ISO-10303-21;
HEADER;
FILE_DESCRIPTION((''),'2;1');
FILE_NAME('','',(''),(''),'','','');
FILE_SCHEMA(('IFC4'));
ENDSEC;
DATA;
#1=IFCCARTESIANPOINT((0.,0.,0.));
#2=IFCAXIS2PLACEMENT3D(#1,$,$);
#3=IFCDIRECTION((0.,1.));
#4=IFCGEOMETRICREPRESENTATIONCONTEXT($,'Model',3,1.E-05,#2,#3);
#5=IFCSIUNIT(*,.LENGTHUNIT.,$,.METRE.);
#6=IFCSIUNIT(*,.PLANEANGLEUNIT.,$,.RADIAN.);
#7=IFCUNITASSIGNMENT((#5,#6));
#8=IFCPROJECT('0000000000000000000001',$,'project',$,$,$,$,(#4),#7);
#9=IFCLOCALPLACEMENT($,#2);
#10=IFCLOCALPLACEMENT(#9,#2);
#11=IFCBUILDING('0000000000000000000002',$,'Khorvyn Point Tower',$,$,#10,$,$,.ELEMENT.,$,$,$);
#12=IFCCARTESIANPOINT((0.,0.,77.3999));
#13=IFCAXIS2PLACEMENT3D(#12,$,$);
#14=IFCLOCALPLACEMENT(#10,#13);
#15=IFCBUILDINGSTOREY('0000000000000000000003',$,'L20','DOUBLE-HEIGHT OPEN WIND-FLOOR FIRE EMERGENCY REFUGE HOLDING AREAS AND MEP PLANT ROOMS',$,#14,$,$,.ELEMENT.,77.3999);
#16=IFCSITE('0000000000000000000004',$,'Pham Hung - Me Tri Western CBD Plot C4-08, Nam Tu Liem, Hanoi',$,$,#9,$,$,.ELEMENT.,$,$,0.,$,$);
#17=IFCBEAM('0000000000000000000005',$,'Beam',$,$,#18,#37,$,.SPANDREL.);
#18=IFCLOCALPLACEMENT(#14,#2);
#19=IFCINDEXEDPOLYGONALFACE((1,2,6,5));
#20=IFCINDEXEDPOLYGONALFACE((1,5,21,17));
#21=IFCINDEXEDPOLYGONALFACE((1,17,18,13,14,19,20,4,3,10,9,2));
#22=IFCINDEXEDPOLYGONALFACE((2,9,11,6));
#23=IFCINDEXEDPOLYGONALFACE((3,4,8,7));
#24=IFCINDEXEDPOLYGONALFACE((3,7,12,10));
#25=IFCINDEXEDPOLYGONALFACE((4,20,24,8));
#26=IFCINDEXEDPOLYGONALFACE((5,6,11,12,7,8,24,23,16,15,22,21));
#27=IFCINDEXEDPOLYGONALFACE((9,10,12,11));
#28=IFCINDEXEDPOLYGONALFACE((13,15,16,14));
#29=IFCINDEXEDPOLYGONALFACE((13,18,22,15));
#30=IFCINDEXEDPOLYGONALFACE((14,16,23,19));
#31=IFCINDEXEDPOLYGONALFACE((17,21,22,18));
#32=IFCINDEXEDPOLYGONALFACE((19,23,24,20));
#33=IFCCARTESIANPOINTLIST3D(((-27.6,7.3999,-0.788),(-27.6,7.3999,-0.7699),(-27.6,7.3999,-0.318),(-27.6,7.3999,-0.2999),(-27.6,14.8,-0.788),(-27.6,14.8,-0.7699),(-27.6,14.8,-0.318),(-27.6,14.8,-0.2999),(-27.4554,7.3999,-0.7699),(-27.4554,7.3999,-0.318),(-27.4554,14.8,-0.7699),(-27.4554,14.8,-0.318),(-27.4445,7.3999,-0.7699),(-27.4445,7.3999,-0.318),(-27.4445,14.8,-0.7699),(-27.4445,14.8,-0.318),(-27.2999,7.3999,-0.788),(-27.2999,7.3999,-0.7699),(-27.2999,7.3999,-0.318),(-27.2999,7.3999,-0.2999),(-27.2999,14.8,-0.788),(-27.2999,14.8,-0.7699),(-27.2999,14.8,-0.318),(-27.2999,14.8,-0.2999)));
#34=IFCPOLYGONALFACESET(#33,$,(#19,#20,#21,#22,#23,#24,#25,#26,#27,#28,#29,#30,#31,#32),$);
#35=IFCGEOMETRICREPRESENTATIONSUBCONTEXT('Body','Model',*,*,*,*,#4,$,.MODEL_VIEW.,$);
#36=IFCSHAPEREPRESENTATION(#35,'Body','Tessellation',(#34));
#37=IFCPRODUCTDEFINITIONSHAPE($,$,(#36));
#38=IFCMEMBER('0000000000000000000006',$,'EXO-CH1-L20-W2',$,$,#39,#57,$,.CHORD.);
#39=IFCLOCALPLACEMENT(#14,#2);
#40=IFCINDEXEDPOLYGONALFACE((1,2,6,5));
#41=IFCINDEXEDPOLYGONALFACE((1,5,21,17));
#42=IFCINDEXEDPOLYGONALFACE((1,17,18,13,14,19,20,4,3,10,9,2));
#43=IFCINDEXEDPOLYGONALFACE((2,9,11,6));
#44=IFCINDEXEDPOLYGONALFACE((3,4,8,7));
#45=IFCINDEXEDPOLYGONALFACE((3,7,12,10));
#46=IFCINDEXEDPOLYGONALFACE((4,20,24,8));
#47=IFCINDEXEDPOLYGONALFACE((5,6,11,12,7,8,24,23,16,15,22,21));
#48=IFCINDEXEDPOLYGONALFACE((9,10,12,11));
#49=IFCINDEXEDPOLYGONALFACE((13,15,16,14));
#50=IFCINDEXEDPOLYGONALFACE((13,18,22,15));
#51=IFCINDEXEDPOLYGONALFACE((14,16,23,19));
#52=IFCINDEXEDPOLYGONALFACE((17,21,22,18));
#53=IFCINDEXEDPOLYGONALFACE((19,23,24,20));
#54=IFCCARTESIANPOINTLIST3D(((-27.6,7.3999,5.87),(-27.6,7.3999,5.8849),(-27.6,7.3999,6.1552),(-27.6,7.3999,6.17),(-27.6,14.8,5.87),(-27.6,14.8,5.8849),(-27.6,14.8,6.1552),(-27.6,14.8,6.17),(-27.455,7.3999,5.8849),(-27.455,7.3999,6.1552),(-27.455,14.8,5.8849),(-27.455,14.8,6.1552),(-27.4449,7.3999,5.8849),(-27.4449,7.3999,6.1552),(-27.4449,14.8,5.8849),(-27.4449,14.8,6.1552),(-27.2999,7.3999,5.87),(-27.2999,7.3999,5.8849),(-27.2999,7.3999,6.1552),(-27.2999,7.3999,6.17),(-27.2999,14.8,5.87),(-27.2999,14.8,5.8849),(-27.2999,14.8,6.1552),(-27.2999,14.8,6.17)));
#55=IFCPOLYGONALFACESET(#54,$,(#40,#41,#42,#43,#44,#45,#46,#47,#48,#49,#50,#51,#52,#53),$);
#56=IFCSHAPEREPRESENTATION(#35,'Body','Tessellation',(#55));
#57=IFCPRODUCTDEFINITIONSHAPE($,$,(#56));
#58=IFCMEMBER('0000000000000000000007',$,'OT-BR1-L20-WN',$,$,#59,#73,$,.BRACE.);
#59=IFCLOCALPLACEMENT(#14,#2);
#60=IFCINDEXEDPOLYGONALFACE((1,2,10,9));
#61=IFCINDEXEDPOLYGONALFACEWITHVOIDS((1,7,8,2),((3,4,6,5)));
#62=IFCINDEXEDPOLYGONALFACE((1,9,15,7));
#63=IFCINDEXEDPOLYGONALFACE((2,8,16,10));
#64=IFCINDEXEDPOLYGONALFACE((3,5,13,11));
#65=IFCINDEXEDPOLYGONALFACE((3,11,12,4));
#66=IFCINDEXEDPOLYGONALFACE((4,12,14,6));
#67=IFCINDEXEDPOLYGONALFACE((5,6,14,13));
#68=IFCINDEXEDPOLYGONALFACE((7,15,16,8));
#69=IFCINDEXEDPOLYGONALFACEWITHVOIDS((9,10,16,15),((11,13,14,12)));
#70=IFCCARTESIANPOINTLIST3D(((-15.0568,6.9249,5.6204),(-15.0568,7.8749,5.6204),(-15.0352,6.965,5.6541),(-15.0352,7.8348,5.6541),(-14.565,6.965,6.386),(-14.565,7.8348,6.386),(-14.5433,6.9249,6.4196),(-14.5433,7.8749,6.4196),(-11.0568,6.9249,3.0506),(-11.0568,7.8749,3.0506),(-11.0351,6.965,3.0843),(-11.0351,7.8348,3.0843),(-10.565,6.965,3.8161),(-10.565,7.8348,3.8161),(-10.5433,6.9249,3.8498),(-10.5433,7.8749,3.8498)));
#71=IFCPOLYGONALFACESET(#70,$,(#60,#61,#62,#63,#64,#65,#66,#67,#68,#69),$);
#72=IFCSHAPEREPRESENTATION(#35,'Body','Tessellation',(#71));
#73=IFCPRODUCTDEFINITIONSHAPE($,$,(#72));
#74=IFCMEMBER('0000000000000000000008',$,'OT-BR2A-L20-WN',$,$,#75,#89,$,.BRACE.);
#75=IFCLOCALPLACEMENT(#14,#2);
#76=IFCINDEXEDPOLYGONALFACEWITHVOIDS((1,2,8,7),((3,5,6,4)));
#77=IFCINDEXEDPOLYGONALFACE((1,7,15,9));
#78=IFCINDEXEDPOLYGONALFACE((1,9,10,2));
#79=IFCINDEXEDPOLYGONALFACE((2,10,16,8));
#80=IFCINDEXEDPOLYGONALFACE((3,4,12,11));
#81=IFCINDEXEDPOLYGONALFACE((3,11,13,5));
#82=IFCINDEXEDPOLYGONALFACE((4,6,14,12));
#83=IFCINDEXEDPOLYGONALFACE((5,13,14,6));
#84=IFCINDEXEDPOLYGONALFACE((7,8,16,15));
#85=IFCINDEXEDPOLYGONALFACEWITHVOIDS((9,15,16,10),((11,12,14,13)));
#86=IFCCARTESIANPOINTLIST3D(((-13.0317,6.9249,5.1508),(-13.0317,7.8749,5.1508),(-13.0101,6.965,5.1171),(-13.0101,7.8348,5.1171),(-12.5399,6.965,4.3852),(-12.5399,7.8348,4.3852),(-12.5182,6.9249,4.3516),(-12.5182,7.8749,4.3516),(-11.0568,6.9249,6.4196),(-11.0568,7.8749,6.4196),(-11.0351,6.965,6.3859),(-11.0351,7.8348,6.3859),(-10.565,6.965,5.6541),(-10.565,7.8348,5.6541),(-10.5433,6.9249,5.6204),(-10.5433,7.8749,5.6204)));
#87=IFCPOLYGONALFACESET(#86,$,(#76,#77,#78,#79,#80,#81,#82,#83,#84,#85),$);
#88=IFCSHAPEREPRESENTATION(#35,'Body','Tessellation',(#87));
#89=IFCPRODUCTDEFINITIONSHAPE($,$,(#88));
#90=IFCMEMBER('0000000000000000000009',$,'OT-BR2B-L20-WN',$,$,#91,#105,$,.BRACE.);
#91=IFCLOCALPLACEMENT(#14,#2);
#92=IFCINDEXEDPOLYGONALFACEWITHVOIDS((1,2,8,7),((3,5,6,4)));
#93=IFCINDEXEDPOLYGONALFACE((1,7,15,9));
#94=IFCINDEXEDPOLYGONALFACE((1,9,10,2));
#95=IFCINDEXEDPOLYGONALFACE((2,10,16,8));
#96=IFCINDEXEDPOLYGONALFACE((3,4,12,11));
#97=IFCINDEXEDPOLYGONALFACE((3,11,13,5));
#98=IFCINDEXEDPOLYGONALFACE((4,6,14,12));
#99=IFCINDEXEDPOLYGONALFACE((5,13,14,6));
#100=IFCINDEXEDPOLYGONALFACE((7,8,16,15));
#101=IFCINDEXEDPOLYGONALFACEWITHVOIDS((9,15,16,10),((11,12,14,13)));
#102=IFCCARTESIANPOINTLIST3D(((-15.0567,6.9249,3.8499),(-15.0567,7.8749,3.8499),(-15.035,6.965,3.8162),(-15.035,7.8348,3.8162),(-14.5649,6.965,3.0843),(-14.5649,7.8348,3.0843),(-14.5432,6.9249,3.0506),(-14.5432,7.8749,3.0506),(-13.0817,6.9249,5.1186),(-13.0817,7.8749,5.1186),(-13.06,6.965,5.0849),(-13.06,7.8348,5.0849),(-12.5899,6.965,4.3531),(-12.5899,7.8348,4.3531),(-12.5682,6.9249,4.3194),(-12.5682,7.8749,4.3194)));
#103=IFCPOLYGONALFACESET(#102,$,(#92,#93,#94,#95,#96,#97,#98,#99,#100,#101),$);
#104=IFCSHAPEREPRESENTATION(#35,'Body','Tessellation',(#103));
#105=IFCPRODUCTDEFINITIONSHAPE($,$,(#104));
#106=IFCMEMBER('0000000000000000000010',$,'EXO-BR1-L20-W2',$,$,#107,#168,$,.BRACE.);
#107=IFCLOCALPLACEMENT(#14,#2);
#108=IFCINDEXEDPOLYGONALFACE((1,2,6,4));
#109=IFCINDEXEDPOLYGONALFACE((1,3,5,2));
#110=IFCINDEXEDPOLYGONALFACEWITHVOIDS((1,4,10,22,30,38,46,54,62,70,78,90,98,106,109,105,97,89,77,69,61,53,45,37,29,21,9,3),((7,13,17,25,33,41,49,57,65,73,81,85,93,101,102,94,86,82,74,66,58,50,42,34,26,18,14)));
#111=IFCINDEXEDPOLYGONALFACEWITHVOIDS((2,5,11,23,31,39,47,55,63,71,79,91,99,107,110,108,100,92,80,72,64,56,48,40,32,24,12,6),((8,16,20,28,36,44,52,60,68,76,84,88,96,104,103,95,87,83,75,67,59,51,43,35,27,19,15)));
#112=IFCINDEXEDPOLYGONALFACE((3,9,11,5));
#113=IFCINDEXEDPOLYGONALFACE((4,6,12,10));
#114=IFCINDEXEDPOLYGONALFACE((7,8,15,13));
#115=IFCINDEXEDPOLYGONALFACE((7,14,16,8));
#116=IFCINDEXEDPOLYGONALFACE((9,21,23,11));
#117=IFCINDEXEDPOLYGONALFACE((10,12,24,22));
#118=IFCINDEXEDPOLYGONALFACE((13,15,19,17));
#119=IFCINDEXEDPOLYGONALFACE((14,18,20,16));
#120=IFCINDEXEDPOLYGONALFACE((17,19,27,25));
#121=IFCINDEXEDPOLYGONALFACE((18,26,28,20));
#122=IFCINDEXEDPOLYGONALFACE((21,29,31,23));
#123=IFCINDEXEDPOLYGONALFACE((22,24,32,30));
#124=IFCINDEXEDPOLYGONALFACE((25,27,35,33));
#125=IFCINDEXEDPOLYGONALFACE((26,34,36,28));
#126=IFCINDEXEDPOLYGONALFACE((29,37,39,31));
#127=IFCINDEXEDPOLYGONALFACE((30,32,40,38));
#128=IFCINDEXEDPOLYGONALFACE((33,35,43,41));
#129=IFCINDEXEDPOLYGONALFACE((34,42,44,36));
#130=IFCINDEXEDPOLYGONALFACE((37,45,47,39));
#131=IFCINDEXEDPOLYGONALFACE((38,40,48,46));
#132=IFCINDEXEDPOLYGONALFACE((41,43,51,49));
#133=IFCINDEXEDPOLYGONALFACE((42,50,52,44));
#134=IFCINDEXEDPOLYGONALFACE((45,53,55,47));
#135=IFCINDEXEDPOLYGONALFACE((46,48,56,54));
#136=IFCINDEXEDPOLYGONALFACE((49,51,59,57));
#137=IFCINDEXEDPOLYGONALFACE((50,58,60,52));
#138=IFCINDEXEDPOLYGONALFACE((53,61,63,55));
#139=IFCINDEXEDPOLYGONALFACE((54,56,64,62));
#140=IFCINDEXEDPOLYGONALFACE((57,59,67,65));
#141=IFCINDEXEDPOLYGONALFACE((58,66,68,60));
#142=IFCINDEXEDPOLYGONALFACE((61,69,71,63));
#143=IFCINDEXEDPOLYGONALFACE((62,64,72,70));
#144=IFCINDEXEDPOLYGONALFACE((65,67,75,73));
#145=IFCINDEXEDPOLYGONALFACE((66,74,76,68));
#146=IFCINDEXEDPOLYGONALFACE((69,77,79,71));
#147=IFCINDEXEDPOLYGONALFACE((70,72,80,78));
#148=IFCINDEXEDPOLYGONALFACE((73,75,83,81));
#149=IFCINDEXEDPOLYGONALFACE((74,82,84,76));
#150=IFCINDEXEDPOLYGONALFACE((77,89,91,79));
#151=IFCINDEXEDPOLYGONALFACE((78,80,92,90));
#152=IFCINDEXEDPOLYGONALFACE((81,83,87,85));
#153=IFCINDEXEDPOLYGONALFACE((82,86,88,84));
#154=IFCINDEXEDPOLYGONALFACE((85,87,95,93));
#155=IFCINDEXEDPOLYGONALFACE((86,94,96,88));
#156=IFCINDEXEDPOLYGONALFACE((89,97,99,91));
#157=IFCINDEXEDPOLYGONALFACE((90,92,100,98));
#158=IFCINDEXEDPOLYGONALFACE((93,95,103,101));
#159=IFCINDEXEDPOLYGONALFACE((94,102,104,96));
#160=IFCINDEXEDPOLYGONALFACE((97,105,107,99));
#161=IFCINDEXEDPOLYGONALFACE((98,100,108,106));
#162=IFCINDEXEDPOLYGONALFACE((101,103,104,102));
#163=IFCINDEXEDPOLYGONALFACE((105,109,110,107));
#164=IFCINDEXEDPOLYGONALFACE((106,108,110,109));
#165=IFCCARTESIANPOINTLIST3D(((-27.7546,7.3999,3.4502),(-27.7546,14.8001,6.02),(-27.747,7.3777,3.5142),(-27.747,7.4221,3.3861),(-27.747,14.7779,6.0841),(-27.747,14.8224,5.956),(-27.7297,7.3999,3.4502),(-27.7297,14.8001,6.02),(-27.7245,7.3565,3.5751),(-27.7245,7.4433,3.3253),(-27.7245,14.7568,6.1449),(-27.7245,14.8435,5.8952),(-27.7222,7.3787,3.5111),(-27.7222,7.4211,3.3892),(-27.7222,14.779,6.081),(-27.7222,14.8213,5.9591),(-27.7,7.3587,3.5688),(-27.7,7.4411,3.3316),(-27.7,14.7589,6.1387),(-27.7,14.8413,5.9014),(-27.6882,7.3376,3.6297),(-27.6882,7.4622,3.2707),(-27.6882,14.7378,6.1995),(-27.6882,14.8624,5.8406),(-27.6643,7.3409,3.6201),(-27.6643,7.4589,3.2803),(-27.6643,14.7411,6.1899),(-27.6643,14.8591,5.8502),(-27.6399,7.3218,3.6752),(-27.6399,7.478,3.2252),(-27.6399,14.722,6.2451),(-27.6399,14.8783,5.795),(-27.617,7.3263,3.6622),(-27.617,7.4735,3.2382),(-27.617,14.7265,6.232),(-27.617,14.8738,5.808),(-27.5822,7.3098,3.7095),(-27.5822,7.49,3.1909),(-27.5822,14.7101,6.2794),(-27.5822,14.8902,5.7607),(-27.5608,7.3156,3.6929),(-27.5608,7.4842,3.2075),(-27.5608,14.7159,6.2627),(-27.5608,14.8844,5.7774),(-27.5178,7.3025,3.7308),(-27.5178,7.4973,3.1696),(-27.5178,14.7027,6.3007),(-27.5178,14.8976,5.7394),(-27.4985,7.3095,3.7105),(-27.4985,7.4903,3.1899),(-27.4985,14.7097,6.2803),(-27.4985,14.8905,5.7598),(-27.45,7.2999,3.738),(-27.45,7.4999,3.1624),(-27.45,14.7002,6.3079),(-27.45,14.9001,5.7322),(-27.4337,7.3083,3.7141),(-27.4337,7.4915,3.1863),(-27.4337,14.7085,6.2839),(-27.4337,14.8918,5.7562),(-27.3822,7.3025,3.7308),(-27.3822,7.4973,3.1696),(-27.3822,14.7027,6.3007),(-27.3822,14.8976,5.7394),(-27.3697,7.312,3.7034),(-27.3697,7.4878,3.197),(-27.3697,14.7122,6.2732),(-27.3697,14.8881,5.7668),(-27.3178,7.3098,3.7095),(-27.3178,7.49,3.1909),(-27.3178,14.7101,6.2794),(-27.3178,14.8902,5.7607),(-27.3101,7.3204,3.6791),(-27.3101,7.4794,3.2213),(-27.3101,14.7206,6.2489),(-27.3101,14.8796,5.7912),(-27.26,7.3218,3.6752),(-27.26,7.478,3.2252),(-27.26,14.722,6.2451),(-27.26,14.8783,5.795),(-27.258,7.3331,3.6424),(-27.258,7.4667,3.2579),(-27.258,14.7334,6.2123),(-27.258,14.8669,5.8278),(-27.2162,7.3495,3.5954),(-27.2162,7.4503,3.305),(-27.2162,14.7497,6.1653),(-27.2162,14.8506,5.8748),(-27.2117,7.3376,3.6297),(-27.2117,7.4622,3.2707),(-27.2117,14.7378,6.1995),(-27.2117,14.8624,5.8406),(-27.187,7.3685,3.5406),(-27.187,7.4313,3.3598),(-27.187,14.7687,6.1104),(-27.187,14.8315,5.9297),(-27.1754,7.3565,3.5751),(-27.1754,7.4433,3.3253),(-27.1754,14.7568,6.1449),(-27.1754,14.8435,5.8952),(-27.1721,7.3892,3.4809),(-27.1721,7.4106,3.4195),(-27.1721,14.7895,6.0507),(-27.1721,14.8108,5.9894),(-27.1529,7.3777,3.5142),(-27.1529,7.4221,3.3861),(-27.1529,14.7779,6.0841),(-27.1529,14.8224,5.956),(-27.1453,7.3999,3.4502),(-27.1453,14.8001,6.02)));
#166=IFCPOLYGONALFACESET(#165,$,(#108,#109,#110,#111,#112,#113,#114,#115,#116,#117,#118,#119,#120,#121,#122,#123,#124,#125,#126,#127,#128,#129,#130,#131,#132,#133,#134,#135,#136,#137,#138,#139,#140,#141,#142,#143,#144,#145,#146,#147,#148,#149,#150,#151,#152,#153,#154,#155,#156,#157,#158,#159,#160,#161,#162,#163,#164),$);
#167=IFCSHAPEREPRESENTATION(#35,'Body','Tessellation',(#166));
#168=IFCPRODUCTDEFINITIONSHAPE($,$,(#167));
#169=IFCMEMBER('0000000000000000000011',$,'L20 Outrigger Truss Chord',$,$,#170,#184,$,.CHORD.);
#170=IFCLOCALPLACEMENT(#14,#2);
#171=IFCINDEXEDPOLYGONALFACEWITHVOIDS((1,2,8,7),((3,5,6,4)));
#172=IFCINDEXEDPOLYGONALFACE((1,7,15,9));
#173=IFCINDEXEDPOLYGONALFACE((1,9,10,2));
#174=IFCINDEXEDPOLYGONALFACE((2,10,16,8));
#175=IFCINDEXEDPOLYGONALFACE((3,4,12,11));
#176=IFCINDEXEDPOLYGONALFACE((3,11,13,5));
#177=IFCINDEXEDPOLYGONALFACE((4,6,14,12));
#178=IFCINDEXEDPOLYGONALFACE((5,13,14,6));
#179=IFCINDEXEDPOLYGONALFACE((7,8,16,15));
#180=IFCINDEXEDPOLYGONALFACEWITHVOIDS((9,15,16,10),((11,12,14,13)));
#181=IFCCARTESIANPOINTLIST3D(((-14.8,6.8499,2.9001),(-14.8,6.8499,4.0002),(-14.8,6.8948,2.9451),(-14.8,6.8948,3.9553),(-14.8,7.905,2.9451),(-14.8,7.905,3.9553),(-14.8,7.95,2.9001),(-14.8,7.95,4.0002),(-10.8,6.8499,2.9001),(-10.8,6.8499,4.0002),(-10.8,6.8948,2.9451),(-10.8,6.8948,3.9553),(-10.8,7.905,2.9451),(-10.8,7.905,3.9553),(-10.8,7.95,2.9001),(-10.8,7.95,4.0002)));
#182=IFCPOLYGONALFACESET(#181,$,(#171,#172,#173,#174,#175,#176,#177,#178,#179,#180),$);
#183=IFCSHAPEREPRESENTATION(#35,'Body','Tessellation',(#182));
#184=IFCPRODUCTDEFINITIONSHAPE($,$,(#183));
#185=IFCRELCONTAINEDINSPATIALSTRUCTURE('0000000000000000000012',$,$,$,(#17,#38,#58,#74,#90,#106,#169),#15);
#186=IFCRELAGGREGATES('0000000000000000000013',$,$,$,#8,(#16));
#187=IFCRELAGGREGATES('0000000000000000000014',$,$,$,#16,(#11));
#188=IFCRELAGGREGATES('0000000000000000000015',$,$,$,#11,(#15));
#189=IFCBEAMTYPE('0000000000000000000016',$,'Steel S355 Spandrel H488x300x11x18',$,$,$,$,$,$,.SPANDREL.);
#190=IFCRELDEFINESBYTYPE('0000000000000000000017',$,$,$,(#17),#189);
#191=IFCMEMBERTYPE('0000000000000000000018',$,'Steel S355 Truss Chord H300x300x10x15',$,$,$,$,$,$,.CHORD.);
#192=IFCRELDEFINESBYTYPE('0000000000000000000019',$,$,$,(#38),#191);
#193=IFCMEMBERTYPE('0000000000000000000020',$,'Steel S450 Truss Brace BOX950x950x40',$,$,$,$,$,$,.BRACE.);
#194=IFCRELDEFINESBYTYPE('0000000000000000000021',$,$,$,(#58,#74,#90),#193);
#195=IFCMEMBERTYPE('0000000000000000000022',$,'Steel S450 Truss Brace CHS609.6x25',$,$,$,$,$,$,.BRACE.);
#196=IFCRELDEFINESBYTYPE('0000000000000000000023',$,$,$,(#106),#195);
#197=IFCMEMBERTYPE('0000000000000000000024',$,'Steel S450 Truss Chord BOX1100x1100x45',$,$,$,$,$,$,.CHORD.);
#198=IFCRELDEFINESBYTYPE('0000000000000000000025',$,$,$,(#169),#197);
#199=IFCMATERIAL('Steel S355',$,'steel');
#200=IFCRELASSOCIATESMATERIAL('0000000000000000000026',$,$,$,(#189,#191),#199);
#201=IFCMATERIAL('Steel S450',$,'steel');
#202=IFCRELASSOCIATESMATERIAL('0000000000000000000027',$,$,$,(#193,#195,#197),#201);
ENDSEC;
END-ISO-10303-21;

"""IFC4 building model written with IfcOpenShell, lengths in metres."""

from ifc_helpers import new_model, si_unit, direction, frame, origin, origin_2d, place, context, subcontext, project, spatial, hollow_rectangle, hollow_circle, i_section, extrude, material, material_profile, profile_set, type_object, element, save


model = new_model("IFC4")

# Units and contexts
model_context = context("Model", 3, precision=1e-05, world=origin(), true_north=direction((0.0, 1.0)))
body_context = subcontext(model_context, "Body", "Model", "MODEL_VIEW")
ifc_project = project(units=[si_unit("LENGTHUNIT", "METRE"), si_unit("PLANEANGLEUNIT", "RADIAN")], contexts=[model_context])

# Site, building, storey
site_placement = place(None, origin())
site = spatial("IfcSite", under=ifc_project, at=site_placement, Name="Pham Hung - Me Tri Western CBD Plot C4-08, Nam Tu Liem, Hanoi", CompositionType="ELEMENT", RefElevation=0.0)
building_placement = place(site_placement, origin())
building = spatial("IfcBuilding", under=site, at=building_placement, Name="Khorvyn Point Tower", CompositionType="ELEMENT")
storey_placement = place(building_placement, frame((0.0, 0.0, 77.3999)))
storey = spatial("IfcBuildingStorey", under=building, at=storey_placement, Name="L20", Description="DOUBLE-HEIGHT OPEN WIND-FLOOR FIRE EMERGENCY REFUGE HOLDING AREAS AND MEP PLANT ROOMS", CompositionType="ELEMENT", Elevation=77.3999)

# Shared definitions
ifc_material_1 = material(Name="Steel S450", Category="steel")

# Beam
ifc_material_2 = material(Name="Steel S355", Category="steel")
ifc_material_profile_1 = material_profile(ifc_material_2, i_section(OverallWidth=0.3, OverallDepth=0.488, WebThickness=0.011, FlangeThickness=0.0181, at=origin_2d()))
ifc_profile_set_1 = profile_set([ifc_material_profile_1], Name="Steel S355 H488x300x11x18")
beam_type_1 = type_object("IfcBeamType", Name="Steel S355 Spandrel H488x300x11x18", PredefinedType="SPANDREL", material=ifc_profile_set_1)
beam_1_placement = place(storey_placement, frame((-27.45, 7.3999, -0.5439), z_axis=(0.0, 1.0, 0.0), x_axis=(-1.0, 0.0, 0.0)))
element("IfcBeam", 1, at=beam_1_placement, inside=storey, type_object=beam_type_1, Name="Beam", PredefinedType="SPANDREL", context=body_context, shape_type="SweptSolid", body=[
    extrude(i_section(OverallWidth=0.3, OverallDepth=0.488, WebThickness=0.011, FlangeThickness=0.0181, at=origin_2d()), origin(), (0.0, 0.0, 1.0), 7.4001),
])

# Members
ifc_material_profile_2 = material_profile(ifc_material_2, i_section(OverallWidth=0.3, OverallDepth=0.3, WebThickness=0.01, FlangeThickness=0.0149, at=origin_2d()))
ifc_profile_set_2 = profile_set([ifc_material_profile_2], Name="Steel S355 H300x300x10x15")
member_type_1 = type_object("IfcMemberType", Name="Steel S355 Truss Chord H300x300x10x15", PredefinedType="CHORD", material=ifc_profile_set_2)
member_1_placement = place(storey_placement, frame((-27.45, 7.3999, 6.02), z_axis=(0.0, 1.0, 0.0), x_axis=(-1.0, 0.0, 0.0)))
element("IfcMember", 2, at=member_1_placement, inside=storey, type_object=member_type_1, Name="EXO-CH1-L20-W2", PredefinedType="CHORD", context=body_context, shape_type="SweptSolid", body=[
    extrude(i_section(OverallWidth=0.3, OverallDepth=0.3, WebThickness=0.01, FlangeThickness=0.0149, at=origin_2d()), origin(), (0.0, 0.0, 1.0), 7.4001),
])
ifc_material_profile_3 = material_profile(ifc_material_1, hollow_rectangle(XDim=0.95, YDim=0.95, WallThickness=0.04, at=origin_2d()))
ifc_profile_set_3 = profile_set([ifc_material_profile_3], Name="Steel S450 BOX950x950x40")
member_type_2 = type_object("IfcMemberType", Name="Steel S450 Truss Brace BOX950x950x40", PredefinedType="BRACE", material=ifc_profile_set_3)
member_2_placement = place(storey_placement, frame((-10.8, 7.3999, 3.4502), z_axis=(-0.841332, 0.0, 0.540519), x_axis=(0.0, -1.0, 0.0)))
element("IfcMember", 3, at=member_2_placement, inside=storey, type_object=member_type_2, Name="OT-BR1-L20-WN", PredefinedType="BRACE", context=body_context, shape_type="SweptSolid", body=[
    extrude(hollow_rectangle(XDim=0.95, YDim=0.95, WallThickness=0.04, at=origin_2d()), origin(), (0.0, 0.0, 1.0), 4.7544),
])
for number, where, z_axis, x_axis, name in (
    (4, (-10.8, 7.3999, 6.02), (-0.841324, 0.0, -0.540532), (0.0, -1.0, 0.0), "OT-BR2A-L20-WN"),
    (5, (-12.825, 7.3999, 4.719), (-0.841354, 0.0, -0.540484), (0.0, -1.0, 0.0), "OT-BR2B-L20-WN"),
):
    element("IfcMember", number, at=place(storey_placement, frame(where, z_axis=z_axis, x_axis=x_axis)), inside=storey, type_object=member_type_2, Name=name, PredefinedType="BRACE", context=body_context, shape_type="SweptSolid", body=[
        extrude(hollow_rectangle(XDim=0.95, YDim=0.95, WallThickness=0.04, at=origin_2d()), origin(), (0.0, 0.0, 1.0), 2.3474),
    ])
ifc_material_profile_4 = material_profile(ifc_material_1, hollow_circle(Radius=0.3047, WallThickness=0.0249, at=origin_2d()))
ifc_profile_set_4 = profile_set([ifc_material_profile_4], Name="Steel S450 CHS609.6x25")
member_type_3 = type_object("IfcMemberType", Name="Steel S450 Truss Brace CHS609.6x25", PredefinedType="BRACE", material=ifc_profile_set_4)
member_3_placement = place(storey_placement, frame((-27.45, 7.3999, 3.4502), z_axis=(0.0, 0.944661, 0.328049), x_axis=(-1.0, 0.0, 0.0)))
element("IfcMember", 6, at=member_3_placement, inside=storey, type_object=member_type_3, Name="EXO-BR1-L20-W2", PredefinedType="BRACE", context=body_context, shape_type="SweptSolid", body=[
    extrude(hollow_circle(Radius=0.3047, WallThickness=0.0249, at=origin_2d()), origin(), (0.0, 0.0, 1.0), 7.8337),
])
ifc_material_profile_5 = material_profile(ifc_material_1, hollow_rectangle(XDim=1.1001, YDim=1.1001, WallThickness=0.0449, at=origin_2d()))
ifc_profile_set_5 = profile_set([ifc_material_profile_5], Name="Steel S450 BOX1100x1100x45")
member_type_4 = type_object("IfcMemberType", Name="Steel S450 Truss Chord BOX1100x1100x45", PredefinedType="CHORD", material=ifc_profile_set_5)
for number, where, z_axis, x_axis, name in (
    (7, (-10.8, 7.3999, 3.4502), (-1.0, 0.0, 0.0), (0.0, -1.0, 0.0), "L20 Outrigger Truss Chord"),
):
    element("IfcMember", number, at=place(storey_placement, frame(where, z_axis=z_axis, x_axis=x_axis)), inside=storey, type_object=member_type_4, Name=name, PredefinedType="CHORD", context=body_context, shape_type="SweptSolid", body=[
        extrude(hollow_rectangle(XDim=1.1001, YDim=1.1001, WallThickness=0.0449, at=origin_2d()), origin(), (0.0, 0.0, 1.0), 4.0),
    ])

save(model, "model.ifc")
